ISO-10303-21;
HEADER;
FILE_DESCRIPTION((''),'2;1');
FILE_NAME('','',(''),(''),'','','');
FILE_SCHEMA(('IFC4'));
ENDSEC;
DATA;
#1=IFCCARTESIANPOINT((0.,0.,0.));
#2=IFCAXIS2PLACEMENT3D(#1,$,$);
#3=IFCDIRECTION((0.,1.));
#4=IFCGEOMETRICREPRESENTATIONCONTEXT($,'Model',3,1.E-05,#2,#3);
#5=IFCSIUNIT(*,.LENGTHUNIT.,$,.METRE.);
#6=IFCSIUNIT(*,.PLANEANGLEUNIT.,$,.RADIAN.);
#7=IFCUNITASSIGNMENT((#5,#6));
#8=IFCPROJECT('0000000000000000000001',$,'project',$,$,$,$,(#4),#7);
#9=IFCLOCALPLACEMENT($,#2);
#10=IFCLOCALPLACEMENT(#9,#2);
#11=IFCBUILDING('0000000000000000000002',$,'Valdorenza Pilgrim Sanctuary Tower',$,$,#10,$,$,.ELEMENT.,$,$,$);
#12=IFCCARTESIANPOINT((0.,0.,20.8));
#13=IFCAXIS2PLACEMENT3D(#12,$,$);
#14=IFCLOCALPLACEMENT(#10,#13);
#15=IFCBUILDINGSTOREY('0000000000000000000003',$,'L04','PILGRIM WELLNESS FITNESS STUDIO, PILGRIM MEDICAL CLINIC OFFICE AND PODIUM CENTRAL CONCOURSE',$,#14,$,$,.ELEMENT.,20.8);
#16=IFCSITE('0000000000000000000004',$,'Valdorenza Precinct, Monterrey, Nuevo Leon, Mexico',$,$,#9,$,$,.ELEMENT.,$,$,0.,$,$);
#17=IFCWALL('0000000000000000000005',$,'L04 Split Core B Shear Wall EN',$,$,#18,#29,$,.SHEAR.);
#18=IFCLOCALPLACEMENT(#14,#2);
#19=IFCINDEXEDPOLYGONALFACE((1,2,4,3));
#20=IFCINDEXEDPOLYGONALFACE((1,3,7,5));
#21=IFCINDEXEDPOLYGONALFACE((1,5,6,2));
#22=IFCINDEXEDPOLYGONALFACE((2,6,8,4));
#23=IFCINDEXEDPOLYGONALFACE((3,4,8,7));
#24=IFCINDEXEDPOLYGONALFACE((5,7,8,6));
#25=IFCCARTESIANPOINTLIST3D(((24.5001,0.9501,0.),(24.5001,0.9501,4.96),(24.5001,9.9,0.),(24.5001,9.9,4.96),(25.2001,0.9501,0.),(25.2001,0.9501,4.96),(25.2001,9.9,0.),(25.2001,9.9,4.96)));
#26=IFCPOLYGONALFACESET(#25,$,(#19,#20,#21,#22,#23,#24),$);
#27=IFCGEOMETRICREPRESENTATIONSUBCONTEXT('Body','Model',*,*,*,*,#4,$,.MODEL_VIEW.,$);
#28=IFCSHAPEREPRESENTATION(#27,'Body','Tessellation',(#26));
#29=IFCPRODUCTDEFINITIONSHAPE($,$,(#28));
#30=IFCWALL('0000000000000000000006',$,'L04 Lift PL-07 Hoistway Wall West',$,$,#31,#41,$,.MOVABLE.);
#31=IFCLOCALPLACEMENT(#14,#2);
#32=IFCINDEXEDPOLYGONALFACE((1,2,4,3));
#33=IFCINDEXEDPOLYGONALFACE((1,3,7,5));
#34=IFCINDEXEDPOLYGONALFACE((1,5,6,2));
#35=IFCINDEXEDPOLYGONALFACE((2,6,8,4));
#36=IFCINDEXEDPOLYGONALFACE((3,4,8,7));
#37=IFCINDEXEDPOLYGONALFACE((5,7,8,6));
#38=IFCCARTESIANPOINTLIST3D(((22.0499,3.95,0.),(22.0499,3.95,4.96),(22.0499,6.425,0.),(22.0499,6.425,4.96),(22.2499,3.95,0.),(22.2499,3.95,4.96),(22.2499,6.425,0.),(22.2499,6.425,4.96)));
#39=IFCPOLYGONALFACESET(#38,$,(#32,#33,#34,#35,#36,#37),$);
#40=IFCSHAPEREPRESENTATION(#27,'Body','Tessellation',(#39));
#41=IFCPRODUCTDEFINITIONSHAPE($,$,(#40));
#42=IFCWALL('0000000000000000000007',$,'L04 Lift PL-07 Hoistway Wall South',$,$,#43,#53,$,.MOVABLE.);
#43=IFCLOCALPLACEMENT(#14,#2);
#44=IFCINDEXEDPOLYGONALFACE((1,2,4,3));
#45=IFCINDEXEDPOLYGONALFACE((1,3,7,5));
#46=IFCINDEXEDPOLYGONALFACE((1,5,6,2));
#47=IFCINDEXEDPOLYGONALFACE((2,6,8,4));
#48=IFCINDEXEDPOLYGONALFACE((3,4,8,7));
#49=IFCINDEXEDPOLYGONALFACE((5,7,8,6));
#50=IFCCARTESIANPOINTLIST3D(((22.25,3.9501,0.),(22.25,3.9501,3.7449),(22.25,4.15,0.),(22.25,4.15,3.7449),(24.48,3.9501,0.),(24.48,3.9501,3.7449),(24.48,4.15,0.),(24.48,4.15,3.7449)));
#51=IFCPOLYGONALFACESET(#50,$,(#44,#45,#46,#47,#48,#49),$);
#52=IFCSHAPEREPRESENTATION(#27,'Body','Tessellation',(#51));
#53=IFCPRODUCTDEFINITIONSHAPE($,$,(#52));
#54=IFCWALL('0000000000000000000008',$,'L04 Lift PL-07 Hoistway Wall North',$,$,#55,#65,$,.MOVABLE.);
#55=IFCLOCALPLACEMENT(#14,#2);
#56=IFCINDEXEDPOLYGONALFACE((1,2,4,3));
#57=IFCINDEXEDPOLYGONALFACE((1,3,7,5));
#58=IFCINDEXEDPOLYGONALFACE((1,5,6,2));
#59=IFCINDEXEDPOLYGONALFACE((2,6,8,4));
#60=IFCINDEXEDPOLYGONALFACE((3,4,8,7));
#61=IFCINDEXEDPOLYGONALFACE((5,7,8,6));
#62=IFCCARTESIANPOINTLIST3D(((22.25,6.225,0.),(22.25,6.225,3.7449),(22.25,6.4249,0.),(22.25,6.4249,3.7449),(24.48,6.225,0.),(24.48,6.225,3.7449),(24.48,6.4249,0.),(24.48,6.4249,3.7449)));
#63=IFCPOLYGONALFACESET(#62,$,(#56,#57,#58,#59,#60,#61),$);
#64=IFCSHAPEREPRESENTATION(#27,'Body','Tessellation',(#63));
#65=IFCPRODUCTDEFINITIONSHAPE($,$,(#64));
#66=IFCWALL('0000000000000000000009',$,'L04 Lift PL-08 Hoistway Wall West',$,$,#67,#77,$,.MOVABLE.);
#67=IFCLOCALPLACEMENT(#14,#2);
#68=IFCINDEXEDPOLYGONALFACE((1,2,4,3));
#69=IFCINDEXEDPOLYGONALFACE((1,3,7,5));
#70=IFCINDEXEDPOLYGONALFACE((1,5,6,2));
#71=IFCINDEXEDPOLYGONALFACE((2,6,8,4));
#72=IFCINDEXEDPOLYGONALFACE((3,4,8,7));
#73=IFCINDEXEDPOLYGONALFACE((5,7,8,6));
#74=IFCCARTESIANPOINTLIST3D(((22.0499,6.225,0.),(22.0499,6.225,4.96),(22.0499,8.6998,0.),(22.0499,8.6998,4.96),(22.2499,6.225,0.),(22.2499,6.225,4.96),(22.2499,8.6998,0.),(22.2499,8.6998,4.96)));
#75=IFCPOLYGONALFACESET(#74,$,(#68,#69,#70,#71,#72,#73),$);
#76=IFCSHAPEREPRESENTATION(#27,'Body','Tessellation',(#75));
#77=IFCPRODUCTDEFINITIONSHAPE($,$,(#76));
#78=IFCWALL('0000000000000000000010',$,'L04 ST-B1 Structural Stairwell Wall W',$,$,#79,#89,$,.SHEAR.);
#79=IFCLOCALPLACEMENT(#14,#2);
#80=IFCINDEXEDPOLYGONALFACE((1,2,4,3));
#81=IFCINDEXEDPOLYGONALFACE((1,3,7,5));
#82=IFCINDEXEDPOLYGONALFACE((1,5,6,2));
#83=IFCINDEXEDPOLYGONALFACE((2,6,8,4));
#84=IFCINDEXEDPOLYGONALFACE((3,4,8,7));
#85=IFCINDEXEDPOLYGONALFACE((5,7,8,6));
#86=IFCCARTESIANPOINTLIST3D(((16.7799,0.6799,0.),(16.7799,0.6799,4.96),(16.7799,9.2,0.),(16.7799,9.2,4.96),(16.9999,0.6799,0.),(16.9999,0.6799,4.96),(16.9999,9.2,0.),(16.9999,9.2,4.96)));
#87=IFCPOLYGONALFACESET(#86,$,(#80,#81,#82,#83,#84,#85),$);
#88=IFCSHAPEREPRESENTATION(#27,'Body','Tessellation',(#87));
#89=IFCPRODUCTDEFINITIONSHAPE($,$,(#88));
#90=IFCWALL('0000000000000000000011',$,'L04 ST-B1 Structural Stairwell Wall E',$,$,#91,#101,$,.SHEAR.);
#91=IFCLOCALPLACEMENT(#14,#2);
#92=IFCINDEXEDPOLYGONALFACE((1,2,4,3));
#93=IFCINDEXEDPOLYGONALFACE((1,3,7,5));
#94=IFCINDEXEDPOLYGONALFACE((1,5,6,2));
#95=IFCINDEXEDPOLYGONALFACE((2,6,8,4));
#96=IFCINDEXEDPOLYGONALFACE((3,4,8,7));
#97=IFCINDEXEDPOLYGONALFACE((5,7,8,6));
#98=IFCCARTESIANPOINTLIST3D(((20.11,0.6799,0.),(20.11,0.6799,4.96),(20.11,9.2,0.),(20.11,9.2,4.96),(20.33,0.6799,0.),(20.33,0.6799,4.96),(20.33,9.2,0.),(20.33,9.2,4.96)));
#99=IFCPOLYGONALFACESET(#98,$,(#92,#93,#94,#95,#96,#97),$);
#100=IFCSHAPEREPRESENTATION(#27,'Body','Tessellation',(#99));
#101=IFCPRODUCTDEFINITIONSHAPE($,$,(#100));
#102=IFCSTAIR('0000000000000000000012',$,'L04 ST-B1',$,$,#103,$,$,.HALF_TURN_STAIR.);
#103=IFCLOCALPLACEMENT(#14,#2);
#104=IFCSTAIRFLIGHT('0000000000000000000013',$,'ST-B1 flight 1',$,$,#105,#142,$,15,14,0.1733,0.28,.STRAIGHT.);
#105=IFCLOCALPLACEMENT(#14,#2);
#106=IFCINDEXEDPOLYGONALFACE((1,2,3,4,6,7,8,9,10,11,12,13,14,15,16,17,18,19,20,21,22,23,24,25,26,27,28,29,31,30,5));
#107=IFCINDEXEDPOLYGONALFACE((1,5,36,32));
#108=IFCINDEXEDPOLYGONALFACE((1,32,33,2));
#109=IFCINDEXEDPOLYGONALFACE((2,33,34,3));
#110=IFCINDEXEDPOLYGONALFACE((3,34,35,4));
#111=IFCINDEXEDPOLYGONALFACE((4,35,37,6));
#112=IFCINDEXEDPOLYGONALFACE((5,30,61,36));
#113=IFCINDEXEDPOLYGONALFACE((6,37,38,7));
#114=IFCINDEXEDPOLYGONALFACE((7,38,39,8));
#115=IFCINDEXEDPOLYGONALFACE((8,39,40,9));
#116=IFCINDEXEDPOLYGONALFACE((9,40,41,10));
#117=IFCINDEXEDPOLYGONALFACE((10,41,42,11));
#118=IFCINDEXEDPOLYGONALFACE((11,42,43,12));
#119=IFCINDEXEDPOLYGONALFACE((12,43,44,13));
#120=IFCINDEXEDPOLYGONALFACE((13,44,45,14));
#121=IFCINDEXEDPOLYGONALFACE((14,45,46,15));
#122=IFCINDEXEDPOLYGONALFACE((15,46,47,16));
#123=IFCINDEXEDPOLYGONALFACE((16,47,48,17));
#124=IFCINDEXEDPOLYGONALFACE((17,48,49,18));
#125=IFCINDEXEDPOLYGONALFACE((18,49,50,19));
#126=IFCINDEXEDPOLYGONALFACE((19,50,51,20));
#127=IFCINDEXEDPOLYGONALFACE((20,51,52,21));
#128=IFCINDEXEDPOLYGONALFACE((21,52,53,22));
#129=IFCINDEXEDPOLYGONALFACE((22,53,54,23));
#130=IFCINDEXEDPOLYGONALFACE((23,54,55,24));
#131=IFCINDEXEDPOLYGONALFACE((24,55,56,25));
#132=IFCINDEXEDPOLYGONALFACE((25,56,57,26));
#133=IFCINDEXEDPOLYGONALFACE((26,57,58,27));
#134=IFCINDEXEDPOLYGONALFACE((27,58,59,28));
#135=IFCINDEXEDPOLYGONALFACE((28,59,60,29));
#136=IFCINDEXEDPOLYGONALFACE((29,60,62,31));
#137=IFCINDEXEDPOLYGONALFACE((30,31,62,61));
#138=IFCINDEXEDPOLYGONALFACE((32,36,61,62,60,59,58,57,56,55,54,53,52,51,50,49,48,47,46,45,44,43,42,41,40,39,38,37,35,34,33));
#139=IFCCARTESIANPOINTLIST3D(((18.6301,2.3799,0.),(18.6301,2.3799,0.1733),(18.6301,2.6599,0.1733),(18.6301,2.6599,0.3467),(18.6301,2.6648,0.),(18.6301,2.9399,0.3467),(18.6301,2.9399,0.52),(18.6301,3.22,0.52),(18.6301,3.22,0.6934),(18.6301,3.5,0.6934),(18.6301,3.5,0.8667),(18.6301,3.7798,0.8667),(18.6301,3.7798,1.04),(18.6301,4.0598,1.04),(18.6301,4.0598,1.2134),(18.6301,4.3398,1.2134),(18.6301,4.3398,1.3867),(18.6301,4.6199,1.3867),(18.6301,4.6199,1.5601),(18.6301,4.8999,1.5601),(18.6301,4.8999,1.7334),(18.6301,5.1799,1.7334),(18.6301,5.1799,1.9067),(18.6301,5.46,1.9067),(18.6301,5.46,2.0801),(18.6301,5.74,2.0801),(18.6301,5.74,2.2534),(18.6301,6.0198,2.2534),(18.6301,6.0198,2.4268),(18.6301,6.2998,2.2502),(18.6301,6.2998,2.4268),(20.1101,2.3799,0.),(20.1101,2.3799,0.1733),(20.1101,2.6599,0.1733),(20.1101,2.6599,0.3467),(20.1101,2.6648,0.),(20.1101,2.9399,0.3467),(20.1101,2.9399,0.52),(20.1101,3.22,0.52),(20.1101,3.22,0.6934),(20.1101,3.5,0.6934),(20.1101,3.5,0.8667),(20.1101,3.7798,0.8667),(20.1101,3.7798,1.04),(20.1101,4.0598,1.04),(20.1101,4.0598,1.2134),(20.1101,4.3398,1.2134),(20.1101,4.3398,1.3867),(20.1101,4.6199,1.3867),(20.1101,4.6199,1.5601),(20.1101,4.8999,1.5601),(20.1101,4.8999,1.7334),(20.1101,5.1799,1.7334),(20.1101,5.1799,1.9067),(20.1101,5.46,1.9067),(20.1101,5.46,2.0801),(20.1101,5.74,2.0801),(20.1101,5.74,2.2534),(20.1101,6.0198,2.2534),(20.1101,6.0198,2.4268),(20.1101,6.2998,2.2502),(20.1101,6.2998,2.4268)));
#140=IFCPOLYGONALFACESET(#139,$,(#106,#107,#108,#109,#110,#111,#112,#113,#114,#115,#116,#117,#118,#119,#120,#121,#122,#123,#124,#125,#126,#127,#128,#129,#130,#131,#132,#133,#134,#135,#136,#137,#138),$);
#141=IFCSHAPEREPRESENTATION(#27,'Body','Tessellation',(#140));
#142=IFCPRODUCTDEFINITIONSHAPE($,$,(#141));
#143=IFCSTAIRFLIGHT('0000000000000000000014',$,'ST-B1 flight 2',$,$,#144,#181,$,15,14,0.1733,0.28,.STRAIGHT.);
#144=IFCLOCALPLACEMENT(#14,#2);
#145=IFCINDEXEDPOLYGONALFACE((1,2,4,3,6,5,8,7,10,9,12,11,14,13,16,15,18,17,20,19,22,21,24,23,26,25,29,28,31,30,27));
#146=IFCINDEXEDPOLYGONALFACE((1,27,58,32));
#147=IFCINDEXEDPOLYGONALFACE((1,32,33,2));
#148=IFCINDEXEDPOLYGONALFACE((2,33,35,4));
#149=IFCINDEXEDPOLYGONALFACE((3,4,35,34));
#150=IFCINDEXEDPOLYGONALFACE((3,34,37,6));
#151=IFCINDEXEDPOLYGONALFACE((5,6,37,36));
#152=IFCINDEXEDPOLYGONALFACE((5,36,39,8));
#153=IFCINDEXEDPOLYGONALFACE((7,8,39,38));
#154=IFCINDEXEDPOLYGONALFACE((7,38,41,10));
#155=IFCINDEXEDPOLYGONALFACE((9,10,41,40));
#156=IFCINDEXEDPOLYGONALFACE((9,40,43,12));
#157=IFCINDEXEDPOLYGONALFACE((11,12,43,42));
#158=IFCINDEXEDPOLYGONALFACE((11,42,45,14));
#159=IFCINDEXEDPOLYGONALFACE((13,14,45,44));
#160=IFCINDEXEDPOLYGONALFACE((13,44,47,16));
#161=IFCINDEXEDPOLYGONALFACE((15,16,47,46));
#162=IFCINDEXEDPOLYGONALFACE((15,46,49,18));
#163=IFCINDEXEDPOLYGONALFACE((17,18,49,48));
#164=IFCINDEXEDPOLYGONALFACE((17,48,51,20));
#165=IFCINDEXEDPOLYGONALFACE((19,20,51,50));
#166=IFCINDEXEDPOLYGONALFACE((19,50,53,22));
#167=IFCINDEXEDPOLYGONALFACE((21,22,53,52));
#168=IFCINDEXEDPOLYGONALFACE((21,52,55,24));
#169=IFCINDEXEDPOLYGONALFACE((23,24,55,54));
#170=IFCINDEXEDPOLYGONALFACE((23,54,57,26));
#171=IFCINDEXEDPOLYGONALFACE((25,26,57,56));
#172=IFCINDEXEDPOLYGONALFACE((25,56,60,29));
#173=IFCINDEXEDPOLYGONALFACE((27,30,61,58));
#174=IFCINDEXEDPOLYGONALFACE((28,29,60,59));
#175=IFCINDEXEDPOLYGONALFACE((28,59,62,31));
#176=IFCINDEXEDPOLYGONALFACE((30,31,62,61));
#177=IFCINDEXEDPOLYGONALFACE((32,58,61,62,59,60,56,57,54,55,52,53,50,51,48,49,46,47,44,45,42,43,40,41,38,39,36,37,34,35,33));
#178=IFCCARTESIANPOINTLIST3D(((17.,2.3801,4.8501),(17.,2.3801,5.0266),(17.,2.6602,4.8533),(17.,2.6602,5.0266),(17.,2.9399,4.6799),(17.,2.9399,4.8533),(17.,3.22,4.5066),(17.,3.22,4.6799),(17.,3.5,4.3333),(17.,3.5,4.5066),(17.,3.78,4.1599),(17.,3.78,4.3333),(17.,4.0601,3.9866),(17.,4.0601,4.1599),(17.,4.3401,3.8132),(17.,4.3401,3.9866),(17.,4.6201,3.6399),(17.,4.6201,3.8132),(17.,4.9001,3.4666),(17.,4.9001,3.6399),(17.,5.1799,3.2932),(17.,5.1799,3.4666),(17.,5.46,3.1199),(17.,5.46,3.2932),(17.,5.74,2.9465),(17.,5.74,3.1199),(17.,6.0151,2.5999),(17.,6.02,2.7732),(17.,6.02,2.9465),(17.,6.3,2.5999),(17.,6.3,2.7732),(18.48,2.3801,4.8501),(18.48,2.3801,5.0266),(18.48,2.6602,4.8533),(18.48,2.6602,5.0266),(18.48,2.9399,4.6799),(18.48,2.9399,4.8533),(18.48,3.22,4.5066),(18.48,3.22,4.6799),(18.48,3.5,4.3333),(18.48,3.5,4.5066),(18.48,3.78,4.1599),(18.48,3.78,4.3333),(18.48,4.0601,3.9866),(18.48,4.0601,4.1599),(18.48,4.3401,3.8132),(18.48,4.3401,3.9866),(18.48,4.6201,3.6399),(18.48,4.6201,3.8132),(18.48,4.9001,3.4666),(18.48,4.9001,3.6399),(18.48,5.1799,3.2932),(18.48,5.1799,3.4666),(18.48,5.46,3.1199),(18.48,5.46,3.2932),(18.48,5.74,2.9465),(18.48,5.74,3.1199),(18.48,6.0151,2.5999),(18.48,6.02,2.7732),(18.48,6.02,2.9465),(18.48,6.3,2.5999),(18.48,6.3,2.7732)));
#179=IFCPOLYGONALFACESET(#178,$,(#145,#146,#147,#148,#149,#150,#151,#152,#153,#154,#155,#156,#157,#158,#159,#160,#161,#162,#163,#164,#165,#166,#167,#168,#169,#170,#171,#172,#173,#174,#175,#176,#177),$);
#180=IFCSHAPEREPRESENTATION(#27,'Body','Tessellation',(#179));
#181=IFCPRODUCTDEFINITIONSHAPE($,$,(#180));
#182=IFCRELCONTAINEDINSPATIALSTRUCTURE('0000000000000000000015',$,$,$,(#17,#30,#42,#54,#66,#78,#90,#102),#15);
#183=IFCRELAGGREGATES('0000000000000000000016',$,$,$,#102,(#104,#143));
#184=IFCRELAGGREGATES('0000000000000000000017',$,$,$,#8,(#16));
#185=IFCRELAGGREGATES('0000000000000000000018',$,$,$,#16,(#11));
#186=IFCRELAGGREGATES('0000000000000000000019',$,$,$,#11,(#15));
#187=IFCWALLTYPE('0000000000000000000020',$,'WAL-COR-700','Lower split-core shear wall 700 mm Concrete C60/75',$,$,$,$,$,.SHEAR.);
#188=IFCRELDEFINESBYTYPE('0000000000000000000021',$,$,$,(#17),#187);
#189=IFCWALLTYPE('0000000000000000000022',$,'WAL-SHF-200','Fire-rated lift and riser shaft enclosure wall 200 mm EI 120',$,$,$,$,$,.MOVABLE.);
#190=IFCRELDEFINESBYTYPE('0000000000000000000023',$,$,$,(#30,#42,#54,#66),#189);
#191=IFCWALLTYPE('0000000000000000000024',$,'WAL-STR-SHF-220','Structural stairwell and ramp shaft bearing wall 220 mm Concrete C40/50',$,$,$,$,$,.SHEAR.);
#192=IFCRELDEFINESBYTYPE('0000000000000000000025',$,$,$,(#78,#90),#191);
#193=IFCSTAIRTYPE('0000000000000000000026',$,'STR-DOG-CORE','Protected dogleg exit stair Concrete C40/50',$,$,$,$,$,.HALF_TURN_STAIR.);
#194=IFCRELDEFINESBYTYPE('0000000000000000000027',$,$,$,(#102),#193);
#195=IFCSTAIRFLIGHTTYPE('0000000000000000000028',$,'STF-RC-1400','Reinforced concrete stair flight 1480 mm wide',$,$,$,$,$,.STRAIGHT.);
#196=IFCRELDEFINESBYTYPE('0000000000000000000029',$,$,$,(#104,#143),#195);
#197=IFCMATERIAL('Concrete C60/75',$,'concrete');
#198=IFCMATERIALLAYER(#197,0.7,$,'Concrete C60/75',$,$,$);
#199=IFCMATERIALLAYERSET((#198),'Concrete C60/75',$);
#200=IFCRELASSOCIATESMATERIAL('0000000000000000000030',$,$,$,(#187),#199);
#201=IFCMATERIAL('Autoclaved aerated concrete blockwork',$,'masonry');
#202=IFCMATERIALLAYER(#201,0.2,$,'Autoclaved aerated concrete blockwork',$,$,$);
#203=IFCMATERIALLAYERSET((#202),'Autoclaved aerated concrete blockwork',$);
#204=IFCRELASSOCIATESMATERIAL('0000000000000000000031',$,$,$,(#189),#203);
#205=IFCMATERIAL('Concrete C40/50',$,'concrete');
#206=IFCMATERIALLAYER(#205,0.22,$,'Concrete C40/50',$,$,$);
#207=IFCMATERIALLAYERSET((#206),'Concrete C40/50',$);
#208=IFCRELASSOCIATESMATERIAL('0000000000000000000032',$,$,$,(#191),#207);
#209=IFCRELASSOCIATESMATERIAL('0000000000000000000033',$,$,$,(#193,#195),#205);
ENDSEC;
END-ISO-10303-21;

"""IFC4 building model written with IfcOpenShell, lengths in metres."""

from ifc_helpers import new_model, si_unit, direction, frame, frame_2d, origin, place, context, subcontext, project, spatial, polyline, rectangle, outline, extrude, material, layer, layer_set, type_object, element, aggregate, save


model = new_model("IFC4")

# Units and contexts
model_context = context("Model", 3, precision=1e-05, world=origin(), true_north=direction((0.0, 1.0)))
body_context = subcontext(model_context, "Body", "Model", "MODEL_VIEW")
ifc_project = project(units=[si_unit("LENGTHUNIT", "METRE"), si_unit("PLANEANGLEUNIT", "RADIAN")], contexts=[model_context])

# Site, building, storey
site_placement = place(None, origin())
site = spatial("IfcSite", under=ifc_project, at=site_placement, Name="Valdorenza Precinct, Monterrey, Nuevo Leon, Mexico", CompositionType="ELEMENT", RefElevation=0.0)
building_placement = place(site_placement, origin())
building = spatial("IfcBuilding", under=site, at=building_placement, Name="Valdorenza Pilgrim Sanctuary Tower", CompositionType="ELEMENT")
storey_placement = place(building_placement, frame((0.0, 0.0, 20.8)))
storey = spatial("IfcBuildingStorey", under=building, at=storey_placement, Name="L04", Description="PILGRIM WELLNESS FITNESS STUDIO, PILGRIM MEDICAL CLINIC OFFICE AND PODIUM CENTRAL CONCOURSE", CompositionType="ELEMENT", Elevation=20.8)

# Walls
ifc_material_1 = material(Name="Concrete C60/75", Category="concrete")
ifc_layer_1 = layer(ifc_material_1, 0.7, Name="Concrete C60/75")
ifc_layer_set_1 = layer_set([ifc_layer_1], Name="Concrete C60/75")
wall_type_1 = type_object("IfcWallType", Name="WAL-COR-700", Description="Lower split-core shear wall 700 mm Concrete C60/75", PredefinedType="SHEAR", material=ifc_layer_set_1)
wall_1_placement = place(storey_placement, frame((24.8501, 0.95, 0.0), z_axis=(0.0, 0.0, 1.0), x_axis=(0.0, 1.0, 0.0)))
element("IfcWall", 1, at=wall_1_placement, inside=storey, type_object=wall_type_1, Name="L04 Split Core B Shear Wall EN", PredefinedType="SHEAR", context=body_context, shape_type="SweptSolid", body=[
    extrude(rectangle(XDim=8.95, YDim=0.7, at=frame_2d((4.4751, 0.0))), origin(), (0.0, 0.0, 1.0), 4.96),
])
ifc_material_2 = material(Name="Autoclaved aerated concrete blockwork", Category="masonry")
ifc_layer_2 = layer(ifc_material_2, 0.2, Name="Autoclaved aerated concrete blockwork")
ifc_layer_set_2 = layer_set([ifc_layer_2], Name="Autoclaved aerated concrete blockwork")
wall_type_2 = type_object("IfcWallType", Name="WAL-SHF-200", Description="Fire-rated lift and riser shaft enclosure wall 200 mm EI 120", PredefinedType="MOVABLE", material=ifc_layer_set_2)
wall_2_placement = place(storey_placement, frame((22.1499, 3.95, 0.0), z_axis=(0.0, 0.0, 1.0), x_axis=(0.0, 1.0, 0.0)))
element("IfcWall", 2, at=wall_2_placement, inside=storey, type_object=wall_type_2, Name="L04 Lift PL-07 Hoistway Wall West", PredefinedType="MOVABLE", context=body_context, shape_type="SweptSolid", body=[
    extrude(rectangle(XDim=2.4751, YDim=0.2, at=frame_2d((1.2375, 0.0))), origin(), (0.0, 0.0, 1.0), 4.96),
])
for number, where, z_axis, x_axis, name in (
    (3, (22.25, 4.05, 0.0), (0.0, 0.0, 1.0), (1.0, 0.0, 0.0), "L04 Lift PL-07 Hoistway Wall South"),
    (4, (22.25, 6.325, 0.0), (0.0, 0.0, 1.0), (1.0, 0.0, 0.0), "L04 Lift PL-07 Hoistway Wall North"),
):
    element("IfcWall", number, at=place(storey_placement, frame(where, z_axis=z_axis, x_axis=x_axis)), inside=storey, type_object=wall_type_2, Name=name, PredefinedType="MOVABLE", context=body_context, shape_type="SweptSolid", body=[
        extrude(rectangle(XDim=2.23, YDim=0.2, at=frame_2d((1.115, 0.0))), origin(), (0.0, 0.0, 1.0), 3.7449),
    ])
wall_3_placement = place(storey_placement, frame((22.1499, 6.2251, 0.0), z_axis=(0.0, 0.0, 1.0), x_axis=(0.0, 1.0, 0.0)))
element("IfcWall", 5, at=wall_3_placement, inside=storey, type_object=wall_type_2, Name="L04 Lift PL-08 Hoistway Wall West", PredefinedType="MOVABLE", context=body_context, shape_type="SweptSolid", body=[
    extrude(rectangle(XDim=2.4749, YDim=0.2, at=frame_2d((1.2373, 0.0))), origin(), (0.0, 0.0, 1.0), 4.96),
])
ifc_material_3 = material(Name="Concrete C40/50", Category="concrete")
ifc_layer_3 = layer(ifc_material_3, 0.22, Name="Concrete C40/50")
ifc_layer_set_3 = layer_set([ifc_layer_3], Name="Concrete C40/50")
wall_type_3 = type_object("IfcWallType", Name="WAL-STR-SHF-220", Description="Structural stairwell and ramp shaft bearing wall 220 mm Concrete C40/50", PredefinedType="SHEAR", material=ifc_layer_set_3)
for number, where, z_axis, x_axis, name in (
    (6, (16.8899, 0.6799, 0.0), (0.0, 0.0, 1.0), (0.0, 1.0, 0.0), "L04 ST-B1 Structural Stairwell Wall W"),
    (7, (20.22, 0.6799, 0.0), (0.0, 0.0, 1.0), (0.0, 1.0, 0.0), "L04 ST-B1 Structural Stairwell Wall E"),
):
    element("IfcWall", number, at=place(storey_placement, frame(where, z_axis=z_axis, x_axis=x_axis)), inside=storey, type_object=wall_type_3, Name=name, PredefinedType="SHEAR", context=body_context, shape_type="SweptSolid", body=[
        extrude(rectangle(XDim=8.52, YDim=0.22, at=frame_2d((4.26, 0.0))), origin(), (0.0, 0.0, 1.0), 4.96),
    ])

# Stair, stair flights
stair_type = type_object("IfcStairType", Name="STR-DOG-CORE", Description="Protected dogleg exit stair Concrete C40/50", PredefinedType="HALF_TURN_STAIR", material=ifc_material_3)
stair_placement = place(storey_placement, origin())
stair = element("IfcStair", 8, at=stair_placement, inside=storey, type_object=stair_type, Name="L04 ST-B1", PredefinedType="HALF_TURN_STAIR")
stair_flight_type = type_object("IfcStairFlightType", Name="STF-RC-1400", Description="Reinforced concrete stair flight 1480 mm wide", PredefinedType="STRAIGHT", material=ifc_material_3)
stair_flight_1_placement = place(storey_placement, frame((19.3701, 2.3799, 0.0), z_axis=(0.0, 0.0, 1.0), x_axis=(0.0, 1.0, 0.0)))
stair_flight_1 = element("IfcStairFlight", 9, at=stair_flight_1_placement, type_object=stair_flight_type, Name="ST-B1 flight 1", NumberOfRisers=15, NumberOfTreads=14, PredefinedType="STRAIGHT", RiserHeight=0.1733, TreadLength=0.28, context=body_context, shape_type="SweptSolid", body=[
    extrude(outline(polyline([(0.0, 0.0), (0.0, 0.1733), (0.28, 0.1733), (0.28, 0.3467), (0.5601, 0.3467), (0.5601, 0.52), (0.8401, 0.52), (0.8401, 0.6934), (1.1201, 0.6934), (1.1201, 0.8667), (1.3999, 0.8667), (1.3999, 1.04), (1.6799, 1.04), (1.6799, 1.2134), (1.96, 1.2134), (1.96, 1.3867), (2.24, 1.3867), (2.24, 1.5601), (2.52, 1.5601), (2.52, 1.7334), (2.8, 1.7334), (2.8, 1.9067), (3.0801, 1.9067), (3.0801, 2.0801), (3.3601, 2.0801), (3.3601, 2.2534), (3.6399, 2.2534), (3.6399, 2.4268), (3.9199, 2.4268), (3.9199, 2.6001), (3.9199, 2.2502), (0.2849, 0.0), (0.0, 0.0)])), frame((0.0, 0.74, 0.0), z_axis=(0.0, -1.0, 0.0), x_axis=(1.0, 0.0, 0.0)), (0.0, 0.0, 1.0), 1.48),
])
stair_flight_2_placement = place(storey_placement, frame((17.74, 6.3, 2.5999), z_axis=(0.0, 0.0, 1.0), x_axis=(0.0, -1.0, 0.0)))
stair_flight_2 = element("IfcStairFlight", 10, at=stair_flight_2_placement, type_object=stair_flight_type, Name="ST-B1 flight 2", NumberOfRisers=15, NumberOfTreads=14, PredefinedType="STRAIGHT", RiserHeight=0.1733, TreadLength=0.28, context=body_context, shape_type="SweptSolid", body=[
    extrude(outline(polyline([(0.0, 0.0), (0.0, 0.1733), (0.28, 0.1733), (0.28, 0.3467), (0.5601, 0.3467), (0.5601, 0.52), (0.8401, 0.52), (0.8401, 0.6934), (1.1201, 0.6934), (1.1201, 0.8667), (1.3999, 0.8667), (1.3999, 1.04), (1.6799, 1.04), (1.6799, 1.2134), (1.96, 1.2134), (1.96, 1.3867), (2.24, 1.3867), (2.24, 1.5601), (2.52, 1.5601), (2.52, 1.7334), (2.8, 1.7334), (2.8, 1.9067), (3.0801, 1.9067), (3.0801, 2.0801), (3.3601, 2.0801), (3.3601, 2.2534), (3.6399, 2.2534), (3.6399, 2.4268), (3.9199, 2.4268), (3.9199, 2.6001), (3.9199, 2.2502), (0.2849, 0.0), (0.0, 0.0)])), frame((0.0, 0.74, 0.0), z_axis=(0.0, -1.0, 0.0), x_axis=(1.0, 0.0, 0.0)), (0.0, 0.0, 1.0), 1.48),
])
aggregate(stair, [stair_flight_1, stair_flight_2])

save(model, "model.ifc")
